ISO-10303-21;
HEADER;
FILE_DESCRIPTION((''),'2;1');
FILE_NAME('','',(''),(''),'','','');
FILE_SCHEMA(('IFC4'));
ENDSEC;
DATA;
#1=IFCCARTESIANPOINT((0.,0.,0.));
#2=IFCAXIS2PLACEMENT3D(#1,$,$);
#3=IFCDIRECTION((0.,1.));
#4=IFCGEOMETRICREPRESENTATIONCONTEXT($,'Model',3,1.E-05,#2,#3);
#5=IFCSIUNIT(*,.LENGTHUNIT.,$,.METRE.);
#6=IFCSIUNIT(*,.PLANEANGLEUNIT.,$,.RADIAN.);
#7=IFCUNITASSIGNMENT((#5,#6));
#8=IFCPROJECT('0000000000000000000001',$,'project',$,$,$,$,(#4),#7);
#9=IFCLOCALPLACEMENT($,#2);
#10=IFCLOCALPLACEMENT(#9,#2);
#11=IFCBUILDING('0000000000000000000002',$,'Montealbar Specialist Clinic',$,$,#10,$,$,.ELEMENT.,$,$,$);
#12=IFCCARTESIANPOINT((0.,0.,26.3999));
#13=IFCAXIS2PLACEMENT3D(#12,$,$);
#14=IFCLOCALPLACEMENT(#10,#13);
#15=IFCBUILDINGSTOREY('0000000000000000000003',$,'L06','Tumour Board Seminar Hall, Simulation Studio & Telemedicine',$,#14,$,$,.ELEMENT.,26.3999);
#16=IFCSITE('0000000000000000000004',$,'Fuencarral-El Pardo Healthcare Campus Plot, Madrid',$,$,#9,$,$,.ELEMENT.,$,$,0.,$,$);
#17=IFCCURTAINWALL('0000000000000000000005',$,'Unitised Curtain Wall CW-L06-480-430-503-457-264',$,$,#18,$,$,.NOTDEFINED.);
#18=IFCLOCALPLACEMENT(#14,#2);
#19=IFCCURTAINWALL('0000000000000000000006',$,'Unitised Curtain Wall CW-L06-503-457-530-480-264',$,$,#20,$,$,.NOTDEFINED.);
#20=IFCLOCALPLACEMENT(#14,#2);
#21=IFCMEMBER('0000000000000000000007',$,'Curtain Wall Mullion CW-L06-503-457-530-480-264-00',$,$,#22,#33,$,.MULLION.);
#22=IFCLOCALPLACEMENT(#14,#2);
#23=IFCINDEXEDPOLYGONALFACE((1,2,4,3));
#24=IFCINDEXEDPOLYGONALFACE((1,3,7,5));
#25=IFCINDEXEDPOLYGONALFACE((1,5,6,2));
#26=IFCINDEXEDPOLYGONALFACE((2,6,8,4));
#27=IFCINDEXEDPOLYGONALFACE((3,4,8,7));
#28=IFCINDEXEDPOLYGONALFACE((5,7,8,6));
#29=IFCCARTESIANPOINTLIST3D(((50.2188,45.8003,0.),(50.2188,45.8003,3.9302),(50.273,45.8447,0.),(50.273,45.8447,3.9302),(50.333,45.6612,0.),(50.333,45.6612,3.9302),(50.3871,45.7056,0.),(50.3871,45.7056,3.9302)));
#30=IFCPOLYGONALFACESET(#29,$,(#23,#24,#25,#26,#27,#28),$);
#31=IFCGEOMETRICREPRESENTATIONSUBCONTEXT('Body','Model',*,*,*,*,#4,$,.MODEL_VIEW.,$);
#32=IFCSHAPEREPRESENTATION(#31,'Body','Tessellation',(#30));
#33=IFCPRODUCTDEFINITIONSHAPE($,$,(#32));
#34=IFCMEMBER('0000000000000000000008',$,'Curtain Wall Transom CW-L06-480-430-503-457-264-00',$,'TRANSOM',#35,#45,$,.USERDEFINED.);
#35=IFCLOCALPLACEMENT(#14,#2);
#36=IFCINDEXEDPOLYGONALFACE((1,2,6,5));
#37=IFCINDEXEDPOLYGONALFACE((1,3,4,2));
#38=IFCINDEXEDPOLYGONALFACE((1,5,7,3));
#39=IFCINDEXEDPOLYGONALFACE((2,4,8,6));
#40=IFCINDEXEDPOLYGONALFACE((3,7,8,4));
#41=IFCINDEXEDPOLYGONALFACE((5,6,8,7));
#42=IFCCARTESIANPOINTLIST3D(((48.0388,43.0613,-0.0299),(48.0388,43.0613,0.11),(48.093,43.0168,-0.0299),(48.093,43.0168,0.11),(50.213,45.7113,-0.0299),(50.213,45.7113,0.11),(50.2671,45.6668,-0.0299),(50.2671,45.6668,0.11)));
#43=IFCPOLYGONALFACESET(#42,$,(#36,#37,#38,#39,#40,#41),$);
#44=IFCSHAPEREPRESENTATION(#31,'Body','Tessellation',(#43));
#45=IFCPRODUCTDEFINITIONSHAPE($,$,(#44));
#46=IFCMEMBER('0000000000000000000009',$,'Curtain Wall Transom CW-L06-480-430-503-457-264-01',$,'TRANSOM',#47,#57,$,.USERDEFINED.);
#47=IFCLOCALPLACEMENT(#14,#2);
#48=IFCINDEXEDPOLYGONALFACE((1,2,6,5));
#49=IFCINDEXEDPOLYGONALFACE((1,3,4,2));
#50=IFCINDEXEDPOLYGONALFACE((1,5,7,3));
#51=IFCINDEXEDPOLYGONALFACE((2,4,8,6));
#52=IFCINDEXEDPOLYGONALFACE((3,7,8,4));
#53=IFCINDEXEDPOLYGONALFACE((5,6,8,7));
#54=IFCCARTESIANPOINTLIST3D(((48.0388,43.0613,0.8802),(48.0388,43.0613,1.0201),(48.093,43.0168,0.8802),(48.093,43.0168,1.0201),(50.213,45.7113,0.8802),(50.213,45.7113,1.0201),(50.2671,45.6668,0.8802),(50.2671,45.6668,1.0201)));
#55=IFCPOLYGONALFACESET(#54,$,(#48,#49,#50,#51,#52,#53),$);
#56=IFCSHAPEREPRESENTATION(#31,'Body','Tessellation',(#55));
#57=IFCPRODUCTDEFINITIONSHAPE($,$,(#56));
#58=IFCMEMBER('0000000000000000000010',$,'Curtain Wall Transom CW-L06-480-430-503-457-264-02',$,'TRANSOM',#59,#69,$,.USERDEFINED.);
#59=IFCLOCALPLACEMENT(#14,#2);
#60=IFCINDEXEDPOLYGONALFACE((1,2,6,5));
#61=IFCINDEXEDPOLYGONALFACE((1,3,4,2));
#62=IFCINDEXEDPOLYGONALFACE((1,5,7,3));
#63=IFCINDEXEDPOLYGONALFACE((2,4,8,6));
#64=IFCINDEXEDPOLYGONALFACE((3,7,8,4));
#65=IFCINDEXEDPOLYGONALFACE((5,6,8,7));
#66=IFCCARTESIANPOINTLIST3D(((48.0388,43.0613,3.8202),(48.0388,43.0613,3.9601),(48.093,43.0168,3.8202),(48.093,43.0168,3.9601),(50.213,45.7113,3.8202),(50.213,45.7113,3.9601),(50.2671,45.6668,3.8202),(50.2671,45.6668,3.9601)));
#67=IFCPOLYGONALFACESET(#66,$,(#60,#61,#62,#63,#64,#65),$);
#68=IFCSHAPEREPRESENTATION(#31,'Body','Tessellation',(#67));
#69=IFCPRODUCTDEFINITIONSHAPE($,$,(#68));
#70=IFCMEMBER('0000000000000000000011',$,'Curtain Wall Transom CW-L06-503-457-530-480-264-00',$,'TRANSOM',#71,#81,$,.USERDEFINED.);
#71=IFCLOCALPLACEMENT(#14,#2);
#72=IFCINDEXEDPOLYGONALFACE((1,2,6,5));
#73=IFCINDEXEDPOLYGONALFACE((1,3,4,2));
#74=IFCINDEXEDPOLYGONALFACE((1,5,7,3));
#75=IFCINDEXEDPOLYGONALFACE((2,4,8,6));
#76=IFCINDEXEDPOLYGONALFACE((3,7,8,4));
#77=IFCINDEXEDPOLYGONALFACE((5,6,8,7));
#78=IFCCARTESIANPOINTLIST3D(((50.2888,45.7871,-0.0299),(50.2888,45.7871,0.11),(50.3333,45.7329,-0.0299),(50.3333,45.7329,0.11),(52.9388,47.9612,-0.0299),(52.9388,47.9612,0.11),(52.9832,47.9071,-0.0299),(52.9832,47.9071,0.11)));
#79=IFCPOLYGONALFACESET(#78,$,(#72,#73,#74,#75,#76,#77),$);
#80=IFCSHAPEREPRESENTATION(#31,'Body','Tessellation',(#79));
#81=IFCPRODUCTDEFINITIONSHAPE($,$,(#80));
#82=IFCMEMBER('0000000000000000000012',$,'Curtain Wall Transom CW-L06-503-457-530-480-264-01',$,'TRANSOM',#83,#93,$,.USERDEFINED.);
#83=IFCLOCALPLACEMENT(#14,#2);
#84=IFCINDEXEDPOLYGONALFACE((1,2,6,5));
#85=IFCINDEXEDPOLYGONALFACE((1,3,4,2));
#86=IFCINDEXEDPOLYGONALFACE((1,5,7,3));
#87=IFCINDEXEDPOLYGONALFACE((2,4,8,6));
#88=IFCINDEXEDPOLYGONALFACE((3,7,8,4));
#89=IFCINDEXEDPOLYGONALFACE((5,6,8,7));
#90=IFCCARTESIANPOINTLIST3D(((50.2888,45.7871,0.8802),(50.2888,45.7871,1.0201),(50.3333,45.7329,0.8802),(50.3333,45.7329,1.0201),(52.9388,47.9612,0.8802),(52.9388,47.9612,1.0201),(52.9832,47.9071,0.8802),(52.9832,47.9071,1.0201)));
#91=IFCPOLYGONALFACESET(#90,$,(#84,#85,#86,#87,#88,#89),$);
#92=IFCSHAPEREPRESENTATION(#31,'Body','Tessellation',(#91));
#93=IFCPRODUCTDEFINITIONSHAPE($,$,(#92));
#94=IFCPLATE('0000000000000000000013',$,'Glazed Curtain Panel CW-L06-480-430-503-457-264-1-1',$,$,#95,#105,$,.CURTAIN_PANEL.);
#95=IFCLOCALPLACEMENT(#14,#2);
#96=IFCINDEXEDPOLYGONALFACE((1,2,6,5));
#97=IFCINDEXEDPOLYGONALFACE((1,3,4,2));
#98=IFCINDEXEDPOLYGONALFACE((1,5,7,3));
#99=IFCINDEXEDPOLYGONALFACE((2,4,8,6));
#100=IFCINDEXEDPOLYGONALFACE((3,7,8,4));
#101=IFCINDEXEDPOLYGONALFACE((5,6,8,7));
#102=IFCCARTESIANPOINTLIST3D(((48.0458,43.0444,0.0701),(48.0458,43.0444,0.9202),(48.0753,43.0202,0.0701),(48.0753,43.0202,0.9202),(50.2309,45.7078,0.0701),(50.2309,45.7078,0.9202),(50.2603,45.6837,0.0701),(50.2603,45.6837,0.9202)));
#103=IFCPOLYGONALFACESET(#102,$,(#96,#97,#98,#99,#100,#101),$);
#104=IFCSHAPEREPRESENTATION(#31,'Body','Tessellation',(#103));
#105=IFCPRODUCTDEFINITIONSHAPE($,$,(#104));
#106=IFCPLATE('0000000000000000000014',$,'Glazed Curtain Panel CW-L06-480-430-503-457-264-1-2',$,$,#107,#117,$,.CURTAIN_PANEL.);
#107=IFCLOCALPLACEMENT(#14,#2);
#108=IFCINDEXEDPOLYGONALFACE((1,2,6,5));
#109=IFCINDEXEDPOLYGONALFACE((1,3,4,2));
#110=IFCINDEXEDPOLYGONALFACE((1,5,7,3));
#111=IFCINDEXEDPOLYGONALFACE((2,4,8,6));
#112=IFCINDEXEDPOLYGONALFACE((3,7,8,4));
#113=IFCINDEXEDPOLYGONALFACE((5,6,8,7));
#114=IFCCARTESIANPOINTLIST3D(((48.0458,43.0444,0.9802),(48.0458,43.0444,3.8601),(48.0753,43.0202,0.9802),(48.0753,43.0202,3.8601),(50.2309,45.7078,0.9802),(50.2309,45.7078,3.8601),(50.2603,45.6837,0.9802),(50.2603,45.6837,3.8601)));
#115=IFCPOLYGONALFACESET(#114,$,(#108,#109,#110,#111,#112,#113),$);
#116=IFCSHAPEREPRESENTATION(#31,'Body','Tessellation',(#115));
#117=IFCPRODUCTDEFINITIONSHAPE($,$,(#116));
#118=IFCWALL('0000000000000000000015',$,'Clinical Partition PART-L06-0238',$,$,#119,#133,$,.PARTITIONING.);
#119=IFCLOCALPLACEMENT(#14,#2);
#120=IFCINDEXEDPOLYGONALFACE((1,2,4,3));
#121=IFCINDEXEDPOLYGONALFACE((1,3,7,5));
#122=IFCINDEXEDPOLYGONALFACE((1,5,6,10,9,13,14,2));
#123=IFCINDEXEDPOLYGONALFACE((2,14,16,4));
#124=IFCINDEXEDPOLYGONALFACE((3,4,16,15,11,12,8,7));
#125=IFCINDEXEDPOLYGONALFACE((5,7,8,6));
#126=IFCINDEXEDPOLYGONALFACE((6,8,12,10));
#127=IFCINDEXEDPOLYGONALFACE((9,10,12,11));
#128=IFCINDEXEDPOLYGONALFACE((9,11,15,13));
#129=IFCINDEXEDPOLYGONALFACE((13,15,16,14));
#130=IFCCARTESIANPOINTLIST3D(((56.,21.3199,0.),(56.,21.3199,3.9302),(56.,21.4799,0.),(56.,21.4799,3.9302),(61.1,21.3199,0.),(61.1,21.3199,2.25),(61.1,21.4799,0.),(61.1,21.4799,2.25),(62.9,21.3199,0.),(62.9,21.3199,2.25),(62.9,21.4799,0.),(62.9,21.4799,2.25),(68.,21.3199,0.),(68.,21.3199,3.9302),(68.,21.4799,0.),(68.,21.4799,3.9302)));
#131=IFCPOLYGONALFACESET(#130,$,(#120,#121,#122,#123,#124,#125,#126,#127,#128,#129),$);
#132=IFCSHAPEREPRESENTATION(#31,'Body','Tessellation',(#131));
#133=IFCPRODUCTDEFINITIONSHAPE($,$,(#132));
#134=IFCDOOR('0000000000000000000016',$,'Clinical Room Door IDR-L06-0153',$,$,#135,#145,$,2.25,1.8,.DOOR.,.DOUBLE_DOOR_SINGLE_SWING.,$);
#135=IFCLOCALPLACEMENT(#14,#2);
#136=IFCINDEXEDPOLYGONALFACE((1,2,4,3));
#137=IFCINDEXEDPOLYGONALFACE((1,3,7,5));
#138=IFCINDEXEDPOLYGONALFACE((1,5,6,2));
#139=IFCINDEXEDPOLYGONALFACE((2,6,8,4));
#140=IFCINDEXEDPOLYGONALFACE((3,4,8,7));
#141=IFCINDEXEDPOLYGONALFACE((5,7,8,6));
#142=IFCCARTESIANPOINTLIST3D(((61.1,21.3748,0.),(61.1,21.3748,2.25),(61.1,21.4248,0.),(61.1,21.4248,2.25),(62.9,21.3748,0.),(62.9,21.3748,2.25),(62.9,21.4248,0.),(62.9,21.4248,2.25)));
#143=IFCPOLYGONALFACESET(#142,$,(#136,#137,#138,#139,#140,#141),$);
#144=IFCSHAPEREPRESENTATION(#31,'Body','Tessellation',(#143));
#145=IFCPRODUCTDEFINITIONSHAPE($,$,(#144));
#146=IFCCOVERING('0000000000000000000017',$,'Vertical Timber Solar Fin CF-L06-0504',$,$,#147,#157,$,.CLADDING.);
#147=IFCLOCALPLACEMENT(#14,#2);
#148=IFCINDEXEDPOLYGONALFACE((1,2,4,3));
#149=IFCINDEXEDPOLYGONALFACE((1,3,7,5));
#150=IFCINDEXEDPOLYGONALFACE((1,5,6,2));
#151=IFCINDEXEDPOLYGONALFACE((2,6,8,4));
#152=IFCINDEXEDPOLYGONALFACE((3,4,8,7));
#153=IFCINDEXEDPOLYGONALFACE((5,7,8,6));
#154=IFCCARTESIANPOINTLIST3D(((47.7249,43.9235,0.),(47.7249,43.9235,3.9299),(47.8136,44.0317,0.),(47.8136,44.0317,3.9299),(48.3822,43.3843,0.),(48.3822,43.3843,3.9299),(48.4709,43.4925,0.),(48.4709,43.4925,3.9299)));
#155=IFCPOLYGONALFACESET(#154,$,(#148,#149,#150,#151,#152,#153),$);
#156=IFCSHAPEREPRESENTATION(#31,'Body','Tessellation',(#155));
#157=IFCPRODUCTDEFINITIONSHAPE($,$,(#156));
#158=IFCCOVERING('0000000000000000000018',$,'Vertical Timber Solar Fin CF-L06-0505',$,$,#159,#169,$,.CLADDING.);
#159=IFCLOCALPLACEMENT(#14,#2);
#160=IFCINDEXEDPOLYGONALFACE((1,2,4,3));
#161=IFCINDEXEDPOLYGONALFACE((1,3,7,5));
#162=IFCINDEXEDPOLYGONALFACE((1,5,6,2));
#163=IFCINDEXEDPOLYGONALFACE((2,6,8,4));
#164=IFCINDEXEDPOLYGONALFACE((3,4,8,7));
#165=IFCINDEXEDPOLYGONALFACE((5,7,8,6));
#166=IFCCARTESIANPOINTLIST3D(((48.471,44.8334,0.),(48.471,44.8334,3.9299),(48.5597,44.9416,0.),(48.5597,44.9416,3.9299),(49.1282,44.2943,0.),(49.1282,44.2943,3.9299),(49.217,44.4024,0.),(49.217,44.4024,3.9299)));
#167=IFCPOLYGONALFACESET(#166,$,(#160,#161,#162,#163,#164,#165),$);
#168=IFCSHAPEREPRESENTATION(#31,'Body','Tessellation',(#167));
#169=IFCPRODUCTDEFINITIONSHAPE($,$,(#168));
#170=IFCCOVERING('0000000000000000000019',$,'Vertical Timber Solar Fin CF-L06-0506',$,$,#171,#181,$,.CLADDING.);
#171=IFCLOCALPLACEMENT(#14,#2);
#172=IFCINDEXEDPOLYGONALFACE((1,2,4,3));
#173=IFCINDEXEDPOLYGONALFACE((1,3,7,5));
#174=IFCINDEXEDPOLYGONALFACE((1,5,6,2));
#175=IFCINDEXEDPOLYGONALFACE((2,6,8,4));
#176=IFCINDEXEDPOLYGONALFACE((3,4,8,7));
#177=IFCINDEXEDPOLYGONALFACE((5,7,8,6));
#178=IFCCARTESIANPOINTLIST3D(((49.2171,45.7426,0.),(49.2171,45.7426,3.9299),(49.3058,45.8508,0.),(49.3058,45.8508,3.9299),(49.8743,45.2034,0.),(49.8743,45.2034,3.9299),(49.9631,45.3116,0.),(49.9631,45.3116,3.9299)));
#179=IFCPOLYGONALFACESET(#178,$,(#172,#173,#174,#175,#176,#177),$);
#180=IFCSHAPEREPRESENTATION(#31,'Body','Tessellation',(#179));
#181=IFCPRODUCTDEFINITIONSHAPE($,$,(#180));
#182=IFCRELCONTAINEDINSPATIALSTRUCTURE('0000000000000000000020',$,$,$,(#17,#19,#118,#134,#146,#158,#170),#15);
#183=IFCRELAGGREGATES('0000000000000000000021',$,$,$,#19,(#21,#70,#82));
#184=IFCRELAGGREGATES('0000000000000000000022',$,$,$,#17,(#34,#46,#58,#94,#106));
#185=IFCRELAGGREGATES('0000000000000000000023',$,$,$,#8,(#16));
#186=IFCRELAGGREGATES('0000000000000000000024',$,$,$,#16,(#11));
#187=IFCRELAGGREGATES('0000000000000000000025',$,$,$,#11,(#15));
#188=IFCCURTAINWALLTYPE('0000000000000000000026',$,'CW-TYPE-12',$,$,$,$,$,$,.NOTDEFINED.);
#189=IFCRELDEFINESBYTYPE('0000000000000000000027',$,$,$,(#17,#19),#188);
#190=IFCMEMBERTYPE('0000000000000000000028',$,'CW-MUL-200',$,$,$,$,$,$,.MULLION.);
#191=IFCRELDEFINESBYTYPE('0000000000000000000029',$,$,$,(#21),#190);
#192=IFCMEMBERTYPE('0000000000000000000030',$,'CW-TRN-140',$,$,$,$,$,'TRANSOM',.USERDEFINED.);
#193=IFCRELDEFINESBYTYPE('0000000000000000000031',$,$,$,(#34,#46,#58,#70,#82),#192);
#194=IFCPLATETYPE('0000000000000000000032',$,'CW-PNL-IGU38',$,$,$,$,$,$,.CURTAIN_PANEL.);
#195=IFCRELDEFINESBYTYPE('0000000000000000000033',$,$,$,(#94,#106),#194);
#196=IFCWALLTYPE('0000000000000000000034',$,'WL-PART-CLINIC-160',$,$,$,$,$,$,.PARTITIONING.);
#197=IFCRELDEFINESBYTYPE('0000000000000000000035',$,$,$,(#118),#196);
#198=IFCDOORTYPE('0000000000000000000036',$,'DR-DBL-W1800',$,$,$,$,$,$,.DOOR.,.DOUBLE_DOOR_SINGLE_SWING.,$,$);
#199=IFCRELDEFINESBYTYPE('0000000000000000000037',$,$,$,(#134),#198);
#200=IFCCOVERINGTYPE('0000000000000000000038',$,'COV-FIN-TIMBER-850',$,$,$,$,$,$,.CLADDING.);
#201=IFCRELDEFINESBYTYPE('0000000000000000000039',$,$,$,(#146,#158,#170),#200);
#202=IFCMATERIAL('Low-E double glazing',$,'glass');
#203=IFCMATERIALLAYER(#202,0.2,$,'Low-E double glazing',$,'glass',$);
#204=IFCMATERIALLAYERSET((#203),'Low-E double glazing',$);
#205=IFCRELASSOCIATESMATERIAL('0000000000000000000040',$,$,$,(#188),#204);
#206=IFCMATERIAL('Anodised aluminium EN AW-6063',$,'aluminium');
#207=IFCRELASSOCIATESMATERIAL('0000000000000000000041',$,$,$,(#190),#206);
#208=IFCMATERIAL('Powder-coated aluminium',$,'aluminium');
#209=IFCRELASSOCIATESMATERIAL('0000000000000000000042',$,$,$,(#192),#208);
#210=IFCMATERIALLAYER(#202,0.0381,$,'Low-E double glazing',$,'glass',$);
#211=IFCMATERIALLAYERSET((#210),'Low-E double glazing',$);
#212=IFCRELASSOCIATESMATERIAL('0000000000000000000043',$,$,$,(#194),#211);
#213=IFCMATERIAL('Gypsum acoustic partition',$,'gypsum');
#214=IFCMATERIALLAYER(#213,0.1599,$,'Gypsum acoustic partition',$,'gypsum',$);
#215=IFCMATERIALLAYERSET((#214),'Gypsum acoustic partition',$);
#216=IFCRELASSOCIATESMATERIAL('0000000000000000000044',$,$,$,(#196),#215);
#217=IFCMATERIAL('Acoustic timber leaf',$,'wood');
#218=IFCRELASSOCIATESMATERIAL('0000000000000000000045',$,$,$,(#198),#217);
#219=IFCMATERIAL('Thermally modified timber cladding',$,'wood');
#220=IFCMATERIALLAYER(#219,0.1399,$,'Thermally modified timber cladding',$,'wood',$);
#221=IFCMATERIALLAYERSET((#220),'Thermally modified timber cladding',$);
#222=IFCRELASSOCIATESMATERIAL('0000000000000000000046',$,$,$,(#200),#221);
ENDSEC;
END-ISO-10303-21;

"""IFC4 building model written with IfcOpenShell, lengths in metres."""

from ifc_helpers import new_model, si_unit, direction, frame, frame_2d, origin, origin_2d, place, context, subcontext, project, spatial, rectangle, extrude, material, layer, layer_set, material_profile, profile_set, type_object, element, fill, aggregate, save


model = new_model("IFC4")

# Units and contexts
model_context = context("Model", 3, precision=1e-05, world=origin(), true_north=direction((0.0, 1.0)))
body_context = subcontext(model_context, "Body", "Model", "MODEL_VIEW")
ifc_project = project(units=[si_unit("LENGTHUNIT", "METRE"), si_unit("PLANEANGLEUNIT", "RADIAN")], contexts=[model_context])

# Site, building, storey
site_placement = place(None, origin())
site = spatial("IfcSite", under=ifc_project, at=site_placement, Name="Fuencarral-El Pardo Healthcare Campus Plot, Madrid", CompositionType="ELEMENT", RefElevation=0.0)
building_placement = place(site_placement, origin())
building = spatial("IfcBuilding", under=site, at=building_placement, Name="Montealbar Specialist Clinic", CompositionType="ELEMENT")
storey_placement = place(building_placement, frame((0.0, 0.0, 26.3999)))
storey = spatial("IfcBuildingStorey", under=building, at=storey_placement, Name="L06", Description="Tumour Board Seminar Hall, Simulation Studio & Telemedicine", CompositionType="ELEMENT", Elevation=26.3999)

# Shared definitions
ifc_material_1 = material(Name="Low-E double glazing", Category="glass")
ifc_layer_1 = layer(ifc_material_1, 0.2, Name="Low-E double glazing", Category="glass")
ifc_layer_set_1 = layer_set([ifc_layer_1], Name="Low-E double glazing")
curtain_wall_type = type_object("IfcCurtainWallType", Name="CW-TYPE-12", PredefinedType="NOTDEFINED", material=ifc_layer_set_1)
ifc_material_2 = material(Name="Anodised aluminium EN AW-6063", Category="aluminium")
ifc_material_profile_1 = material_profile(ifc_material_2, rectangle(XDim=0.0701, YDim=0.1799, at=origin_2d()), Name="ALU 70x180", Category="aluminium")
ifc_profile_set_1 = profile_set([ifc_material_profile_1], Name="Anodised aluminium EN AW-6063")
member_type_1 = type_object("IfcMemberType", Name="CW-MUL-200", PredefinedType="MULLION", material=ifc_profile_set_1)

# Curtain wall
curtain_wall_1_placement = place(storey_placement, origin())
curtain_wall_1 = element("IfcCurtainWall", 1, at=curtain_wall_1_placement, inside=storey, type_object=curtain_wall_type, Name="Unitised Curtain Wall CW-L06-480-430-503-457-264", PredefinedType="NOTDEFINED")

# Curtain wall, member
curtain_wall_2_placement = place(storey_placement, origin())
curtain_wall_2 = element("IfcCurtainWall", 2, at=curtain_wall_2_placement, inside=storey, type_object=curtain_wall_type, Name="Unitised Curtain Wall CW-L06-503-457-530-480-264", PredefinedType="NOTDEFINED")
member_1_placement = place(storey_placement, frame((50.303, 45.7529, 0.0), z_axis=(0.0, 0.0, 1.0), x_axis=(0.773123, 0.634256, 0.0)))
member_1 = element("IfcMember", 3, at=member_1_placement, type_object=member_type_1, Name="Curtain Wall Mullion CW-L06-503-457-530-480-264-00", PredefinedType="MULLION", context=body_context, shape_type="SweptSolid", body=[
    extrude(rectangle(XDim=0.0701, YDim=0.1799, at=origin_2d()), origin(), (0.0, 0.0, 1.0), 3.9302),
])

# Members
ifc_material_3 = material(Name="Powder-coated aluminium", Category="aluminium")
ifc_material_profile_2 = material_profile(ifc_material_3, rectangle(XDim=0.0701, YDim=0.1399, at=origin_2d()), Name="ALU 70x140", Category="aluminium")
ifc_profile_set_2 = profile_set([ifc_material_profile_2], Name="Powder-coated aluminium")
member_type_2 = type_object("IfcMemberType", Name="CW-TRN-140", ElementType="TRANSOM", PredefinedType="USERDEFINED", material=ifc_profile_set_2)
member_2_placement = place(storey_placement, frame((48.0659, 43.0391, 0.04), z_axis=(0.634281, 0.773103, 0.0), x_axis=(-0.773103, 0.634281, 0.0)))
member_2 = element("IfcMember", 4, at=member_2_placement, type_object=member_type_2, Name="Curtain Wall Transom CW-L06-480-430-503-457-264-00", ObjectType="TRANSOM", PredefinedType="USERDEFINED", context=body_context, shape_type="SweptSolid", body=[
    extrude(rectangle(XDim=0.0701, YDim=0.1399, at=origin_2d()), origin(), (0.0, 0.0, 1.0), 3.4277),
])
member_3_placement = place(storey_placement, frame((48.0659, 43.0391, 0.9502), z_axis=(0.634281, 0.773103, 0.0), x_axis=(-0.773103, 0.634281, 0.0)))
member_3 = element("IfcMember", 5, at=member_3_placement, type_object=member_type_2, Name="Curtain Wall Transom CW-L06-480-430-503-457-264-01", ObjectType="TRANSOM", PredefinedType="USERDEFINED", context=body_context, shape_type="SweptSolid", body=[
    extrude(rectangle(XDim=0.0701, YDim=0.1399, at=origin_2d()), origin(), (0.0, 0.0, 1.0), 3.4277),
])
member_4_placement = place(storey_placement, frame((48.0659, 43.0391, 3.8901), z_axis=(0.634281, 0.773103, 0.0), x_axis=(-0.773103, 0.634281, 0.0)))
member_4 = element("IfcMember", 6, at=member_4_placement, type_object=member_type_2, Name="Curtain Wall Transom CW-L06-480-430-503-457-264-02", ObjectType="TRANSOM", PredefinedType="USERDEFINED", context=body_context, shape_type="SweptSolid", body=[
    extrude(rectangle(XDim=0.0701, YDim=0.1399, at=origin_2d()), origin(), (0.0, 0.0, 1.0), 3.4277),
])
member_5_placement = place(storey_placement, frame((50.311, 45.76, 0.04), z_axis=(0.773103, 0.634281, 0.0), x_axis=(-0.634281, 0.773103, 0.0)))
member_5 = element("IfcMember", 7, at=member_5_placement, type_object=member_type_2, Name="Curtain Wall Transom CW-L06-503-457-530-480-264-00", ObjectType="TRANSOM", PredefinedType="USERDEFINED", context=body_context, shape_type="SweptSolid", body=[
    extrude(rectangle(XDim=0.0701, YDim=0.1399, at=origin_2d()), origin(), (0.0, 0.0, 1.0), 3.4277),
])
member_6_placement = place(storey_placement, frame((50.311, 45.76, 0.9502), z_axis=(0.773103, 0.634281, 0.0), x_axis=(-0.634281, 0.773103, 0.0)))
member_6 = element("IfcMember", 8, at=member_6_placement, type_object=member_type_2, Name="Curtain Wall Transom CW-L06-503-457-530-480-264-01", ObjectType="TRANSOM", PredefinedType="USERDEFINED", context=body_context, shape_type="SweptSolid", body=[
    extrude(rectangle(XDim=0.0701, YDim=0.1399, at=origin_2d()), origin(), (0.0, 0.0, 1.0), 3.4277),
])
aggregate(curtain_wall_2, [member_1, member_5, member_6])

# Plates
ifc_layer_2 = layer(ifc_material_1, 0.0381, Name="Low-E double glazing", Category="glass")
ifc_layer_set_2 = layer_set([ifc_layer_2], Name="Low-E double glazing")
plate_type = type_object("IfcPlateType", Name="CW-PNL-IGU38", PredefinedType="CURTAIN_PANEL", material=ifc_layer_set_2)
plate_1_placement = place(storey_placement, frame((49.1531, 44.364, 0.0701), z_axis=(0.0, 0.0, 1.0), x_axis=(0.634256, 0.773123, 0.0)))
plate_1 = element("IfcPlate", 9, at=plate_1_placement, type_object=plate_type, Name="Glazed Curtain Panel CW-L06-480-430-503-457-264-1-1", PredefinedType="CURTAIN_PANEL", context=body_context, shape_type="SweptSolid", body=[
    extrude(rectangle(XDim=3.4451, YDim=0.0381, at=origin_2d()), origin(), (0.0, 0.0, 1.0), 0.8501),
])
plate_2_placement = place(storey_placement, frame((49.1531, 44.364, 0.9802), z_axis=(0.0, 0.0, 1.0), x_axis=(0.634256, 0.773123, 0.0)))
plate_2 = element("IfcPlate", 10, at=plate_2_placement, type_object=plate_type, Name="Glazed Curtain Panel CW-L06-480-430-503-457-264-1-2", PredefinedType="CURTAIN_PANEL", context=body_context, shape_type="SweptSolid", body=[
    extrude(rectangle(XDim=3.4451, YDim=0.0381, at=origin_2d()), origin(), (0.0, 0.0, 1.0), 2.8799),
])
aggregate(curtain_wall_1, [member_2, member_3, member_4, plate_1, plate_2])

# Wall, opening, door
ifc_material_4 = material(Name="Gypsum acoustic partition", Category="gypsum")
ifc_layer_3 = layer(ifc_material_4, 0.1599, Name="Gypsum acoustic partition", Category="gypsum")
ifc_layer_set_3 = layer_set([ifc_layer_3], Name="Gypsum acoustic partition")
wall_type = type_object("IfcWallType", Name="WL-PART-CLINIC-160", PredefinedType="PARTITIONING", material=ifc_layer_set_3)
wall_placement = place(storey_placement, frame((56.0, 21.3999, 0.0), z_axis=(0.0, 0.0, 1.0), x_axis=(1.0, 0.0, 0.0)))
wall = element("IfcWall", 11, at=wall_placement, inside=storey, type_object=wall_type, Name="Clinical Partition PART-L06-0238", PredefinedType="PARTITIONING", context=body_context, shape_type="SweptSolid", body=[
    extrude(rectangle(XDim=12.0, YDim=0.1599, at=frame_2d((6.0, 0.0))), origin(), (0.0, 0.0, 1.0), 3.9302),
])
opening_placement = place(wall_placement, frame((5.1001, 0.0, 0.0)))
opening = element("IfcOpeningElement", 12, at=opening_placement, cuts=wall, PredefinedType="OPENING", context=body_context, shape_type="SweptSolid", body=[
    extrude(rectangle(XDim=1.8, YDim=2.25, at=frame_2d((0.8999, 1.125))), frame((0.0, 0.0898, 0.0), z_axis=(0.0, -1.0, 0.0), x_axis=(1.0, 0.0, 0.0)), (0.0, 0.0, 1.0), 0.1799),
])
ifc_material_5 = material(Name="Acoustic timber leaf", Category="wood")
door_type = type_object("IfcDoorType", Name="DR-DBL-W1800", OperationType="DOUBLE_DOOR_SINGLE_SWING", PredefinedType="DOOR", material=ifc_material_5)
door_placement = place(opening_placement, origin())
door = element("IfcDoor", 13, at=door_placement, inside=storey, type_object=door_type, Name="Clinical Room Door IDR-L06-0153", OperationType="DOUBLE_DOOR_SINGLE_SWING", OverallHeight=2.25, OverallWidth=1.8, PredefinedType="DOOR", context=body_context, shape_type="SweptSolid", body=[
    extrude(rectangle(XDim=1.8, YDim=2.25, at=frame_2d((0.8999, 1.125))), frame((0.0, 0.0249, 0.0), z_axis=(0.0, -1.0, 0.0), x_axis=(1.0, 0.0, 0.0)), (0.0, 0.0, 1.0), 0.05),
])
fill(opening, door)

# Coverings
ifc_material_6 = material(Name="Thermally modified timber cladding", Category="wood")
ifc_layer_4 = layer(ifc_material_6, 0.1399, Name="Thermally modified timber cladding", Category="wood")
ifc_layer_set_4 = layer_set([ifc_layer_4], Name="Thermally modified timber cladding")
covering_type = type_object("IfcCoveringType", Name="COV-FIN-TIMBER-850", PredefinedType="CLADDING", material=ifc_layer_set_4)
for number, where, z_axis, x_axis, name in (
    (14, (48.0979, 43.708, 0.0), (0.0, 0.0, 1.0), (-0.773123, 0.634256, 0.0), "Vertical Timber Solar Fin CF-L06-0504"),
    (15, (48.844, 44.6179, 0.0), (0.0, 0.0, 1.0), (-0.773123, 0.634256, 0.0), "Vertical Timber Solar Fin CF-L06-0505"),
    (16, (49.5901, 45.5271, 0.0), (0.0, 0.0, 1.0), (-0.773123, 0.634256, 0.0), "Vertical Timber Solar Fin CF-L06-0506"),
):
    element("IfcCovering", number, at=place(storey_placement, frame(where, z_axis=z_axis, x_axis=x_axis)), inside=storey, type_object=covering_type, Name=name, PredefinedType="CLADDING", context=body_context, shape_type="SweptSolid", body=[
        extrude(rectangle(XDim=0.8501, YDim=0.1399, at=origin_2d()), origin(), (0.0, 0.0, 1.0), 3.9299),
    ])

save(model, "model.ifc")
